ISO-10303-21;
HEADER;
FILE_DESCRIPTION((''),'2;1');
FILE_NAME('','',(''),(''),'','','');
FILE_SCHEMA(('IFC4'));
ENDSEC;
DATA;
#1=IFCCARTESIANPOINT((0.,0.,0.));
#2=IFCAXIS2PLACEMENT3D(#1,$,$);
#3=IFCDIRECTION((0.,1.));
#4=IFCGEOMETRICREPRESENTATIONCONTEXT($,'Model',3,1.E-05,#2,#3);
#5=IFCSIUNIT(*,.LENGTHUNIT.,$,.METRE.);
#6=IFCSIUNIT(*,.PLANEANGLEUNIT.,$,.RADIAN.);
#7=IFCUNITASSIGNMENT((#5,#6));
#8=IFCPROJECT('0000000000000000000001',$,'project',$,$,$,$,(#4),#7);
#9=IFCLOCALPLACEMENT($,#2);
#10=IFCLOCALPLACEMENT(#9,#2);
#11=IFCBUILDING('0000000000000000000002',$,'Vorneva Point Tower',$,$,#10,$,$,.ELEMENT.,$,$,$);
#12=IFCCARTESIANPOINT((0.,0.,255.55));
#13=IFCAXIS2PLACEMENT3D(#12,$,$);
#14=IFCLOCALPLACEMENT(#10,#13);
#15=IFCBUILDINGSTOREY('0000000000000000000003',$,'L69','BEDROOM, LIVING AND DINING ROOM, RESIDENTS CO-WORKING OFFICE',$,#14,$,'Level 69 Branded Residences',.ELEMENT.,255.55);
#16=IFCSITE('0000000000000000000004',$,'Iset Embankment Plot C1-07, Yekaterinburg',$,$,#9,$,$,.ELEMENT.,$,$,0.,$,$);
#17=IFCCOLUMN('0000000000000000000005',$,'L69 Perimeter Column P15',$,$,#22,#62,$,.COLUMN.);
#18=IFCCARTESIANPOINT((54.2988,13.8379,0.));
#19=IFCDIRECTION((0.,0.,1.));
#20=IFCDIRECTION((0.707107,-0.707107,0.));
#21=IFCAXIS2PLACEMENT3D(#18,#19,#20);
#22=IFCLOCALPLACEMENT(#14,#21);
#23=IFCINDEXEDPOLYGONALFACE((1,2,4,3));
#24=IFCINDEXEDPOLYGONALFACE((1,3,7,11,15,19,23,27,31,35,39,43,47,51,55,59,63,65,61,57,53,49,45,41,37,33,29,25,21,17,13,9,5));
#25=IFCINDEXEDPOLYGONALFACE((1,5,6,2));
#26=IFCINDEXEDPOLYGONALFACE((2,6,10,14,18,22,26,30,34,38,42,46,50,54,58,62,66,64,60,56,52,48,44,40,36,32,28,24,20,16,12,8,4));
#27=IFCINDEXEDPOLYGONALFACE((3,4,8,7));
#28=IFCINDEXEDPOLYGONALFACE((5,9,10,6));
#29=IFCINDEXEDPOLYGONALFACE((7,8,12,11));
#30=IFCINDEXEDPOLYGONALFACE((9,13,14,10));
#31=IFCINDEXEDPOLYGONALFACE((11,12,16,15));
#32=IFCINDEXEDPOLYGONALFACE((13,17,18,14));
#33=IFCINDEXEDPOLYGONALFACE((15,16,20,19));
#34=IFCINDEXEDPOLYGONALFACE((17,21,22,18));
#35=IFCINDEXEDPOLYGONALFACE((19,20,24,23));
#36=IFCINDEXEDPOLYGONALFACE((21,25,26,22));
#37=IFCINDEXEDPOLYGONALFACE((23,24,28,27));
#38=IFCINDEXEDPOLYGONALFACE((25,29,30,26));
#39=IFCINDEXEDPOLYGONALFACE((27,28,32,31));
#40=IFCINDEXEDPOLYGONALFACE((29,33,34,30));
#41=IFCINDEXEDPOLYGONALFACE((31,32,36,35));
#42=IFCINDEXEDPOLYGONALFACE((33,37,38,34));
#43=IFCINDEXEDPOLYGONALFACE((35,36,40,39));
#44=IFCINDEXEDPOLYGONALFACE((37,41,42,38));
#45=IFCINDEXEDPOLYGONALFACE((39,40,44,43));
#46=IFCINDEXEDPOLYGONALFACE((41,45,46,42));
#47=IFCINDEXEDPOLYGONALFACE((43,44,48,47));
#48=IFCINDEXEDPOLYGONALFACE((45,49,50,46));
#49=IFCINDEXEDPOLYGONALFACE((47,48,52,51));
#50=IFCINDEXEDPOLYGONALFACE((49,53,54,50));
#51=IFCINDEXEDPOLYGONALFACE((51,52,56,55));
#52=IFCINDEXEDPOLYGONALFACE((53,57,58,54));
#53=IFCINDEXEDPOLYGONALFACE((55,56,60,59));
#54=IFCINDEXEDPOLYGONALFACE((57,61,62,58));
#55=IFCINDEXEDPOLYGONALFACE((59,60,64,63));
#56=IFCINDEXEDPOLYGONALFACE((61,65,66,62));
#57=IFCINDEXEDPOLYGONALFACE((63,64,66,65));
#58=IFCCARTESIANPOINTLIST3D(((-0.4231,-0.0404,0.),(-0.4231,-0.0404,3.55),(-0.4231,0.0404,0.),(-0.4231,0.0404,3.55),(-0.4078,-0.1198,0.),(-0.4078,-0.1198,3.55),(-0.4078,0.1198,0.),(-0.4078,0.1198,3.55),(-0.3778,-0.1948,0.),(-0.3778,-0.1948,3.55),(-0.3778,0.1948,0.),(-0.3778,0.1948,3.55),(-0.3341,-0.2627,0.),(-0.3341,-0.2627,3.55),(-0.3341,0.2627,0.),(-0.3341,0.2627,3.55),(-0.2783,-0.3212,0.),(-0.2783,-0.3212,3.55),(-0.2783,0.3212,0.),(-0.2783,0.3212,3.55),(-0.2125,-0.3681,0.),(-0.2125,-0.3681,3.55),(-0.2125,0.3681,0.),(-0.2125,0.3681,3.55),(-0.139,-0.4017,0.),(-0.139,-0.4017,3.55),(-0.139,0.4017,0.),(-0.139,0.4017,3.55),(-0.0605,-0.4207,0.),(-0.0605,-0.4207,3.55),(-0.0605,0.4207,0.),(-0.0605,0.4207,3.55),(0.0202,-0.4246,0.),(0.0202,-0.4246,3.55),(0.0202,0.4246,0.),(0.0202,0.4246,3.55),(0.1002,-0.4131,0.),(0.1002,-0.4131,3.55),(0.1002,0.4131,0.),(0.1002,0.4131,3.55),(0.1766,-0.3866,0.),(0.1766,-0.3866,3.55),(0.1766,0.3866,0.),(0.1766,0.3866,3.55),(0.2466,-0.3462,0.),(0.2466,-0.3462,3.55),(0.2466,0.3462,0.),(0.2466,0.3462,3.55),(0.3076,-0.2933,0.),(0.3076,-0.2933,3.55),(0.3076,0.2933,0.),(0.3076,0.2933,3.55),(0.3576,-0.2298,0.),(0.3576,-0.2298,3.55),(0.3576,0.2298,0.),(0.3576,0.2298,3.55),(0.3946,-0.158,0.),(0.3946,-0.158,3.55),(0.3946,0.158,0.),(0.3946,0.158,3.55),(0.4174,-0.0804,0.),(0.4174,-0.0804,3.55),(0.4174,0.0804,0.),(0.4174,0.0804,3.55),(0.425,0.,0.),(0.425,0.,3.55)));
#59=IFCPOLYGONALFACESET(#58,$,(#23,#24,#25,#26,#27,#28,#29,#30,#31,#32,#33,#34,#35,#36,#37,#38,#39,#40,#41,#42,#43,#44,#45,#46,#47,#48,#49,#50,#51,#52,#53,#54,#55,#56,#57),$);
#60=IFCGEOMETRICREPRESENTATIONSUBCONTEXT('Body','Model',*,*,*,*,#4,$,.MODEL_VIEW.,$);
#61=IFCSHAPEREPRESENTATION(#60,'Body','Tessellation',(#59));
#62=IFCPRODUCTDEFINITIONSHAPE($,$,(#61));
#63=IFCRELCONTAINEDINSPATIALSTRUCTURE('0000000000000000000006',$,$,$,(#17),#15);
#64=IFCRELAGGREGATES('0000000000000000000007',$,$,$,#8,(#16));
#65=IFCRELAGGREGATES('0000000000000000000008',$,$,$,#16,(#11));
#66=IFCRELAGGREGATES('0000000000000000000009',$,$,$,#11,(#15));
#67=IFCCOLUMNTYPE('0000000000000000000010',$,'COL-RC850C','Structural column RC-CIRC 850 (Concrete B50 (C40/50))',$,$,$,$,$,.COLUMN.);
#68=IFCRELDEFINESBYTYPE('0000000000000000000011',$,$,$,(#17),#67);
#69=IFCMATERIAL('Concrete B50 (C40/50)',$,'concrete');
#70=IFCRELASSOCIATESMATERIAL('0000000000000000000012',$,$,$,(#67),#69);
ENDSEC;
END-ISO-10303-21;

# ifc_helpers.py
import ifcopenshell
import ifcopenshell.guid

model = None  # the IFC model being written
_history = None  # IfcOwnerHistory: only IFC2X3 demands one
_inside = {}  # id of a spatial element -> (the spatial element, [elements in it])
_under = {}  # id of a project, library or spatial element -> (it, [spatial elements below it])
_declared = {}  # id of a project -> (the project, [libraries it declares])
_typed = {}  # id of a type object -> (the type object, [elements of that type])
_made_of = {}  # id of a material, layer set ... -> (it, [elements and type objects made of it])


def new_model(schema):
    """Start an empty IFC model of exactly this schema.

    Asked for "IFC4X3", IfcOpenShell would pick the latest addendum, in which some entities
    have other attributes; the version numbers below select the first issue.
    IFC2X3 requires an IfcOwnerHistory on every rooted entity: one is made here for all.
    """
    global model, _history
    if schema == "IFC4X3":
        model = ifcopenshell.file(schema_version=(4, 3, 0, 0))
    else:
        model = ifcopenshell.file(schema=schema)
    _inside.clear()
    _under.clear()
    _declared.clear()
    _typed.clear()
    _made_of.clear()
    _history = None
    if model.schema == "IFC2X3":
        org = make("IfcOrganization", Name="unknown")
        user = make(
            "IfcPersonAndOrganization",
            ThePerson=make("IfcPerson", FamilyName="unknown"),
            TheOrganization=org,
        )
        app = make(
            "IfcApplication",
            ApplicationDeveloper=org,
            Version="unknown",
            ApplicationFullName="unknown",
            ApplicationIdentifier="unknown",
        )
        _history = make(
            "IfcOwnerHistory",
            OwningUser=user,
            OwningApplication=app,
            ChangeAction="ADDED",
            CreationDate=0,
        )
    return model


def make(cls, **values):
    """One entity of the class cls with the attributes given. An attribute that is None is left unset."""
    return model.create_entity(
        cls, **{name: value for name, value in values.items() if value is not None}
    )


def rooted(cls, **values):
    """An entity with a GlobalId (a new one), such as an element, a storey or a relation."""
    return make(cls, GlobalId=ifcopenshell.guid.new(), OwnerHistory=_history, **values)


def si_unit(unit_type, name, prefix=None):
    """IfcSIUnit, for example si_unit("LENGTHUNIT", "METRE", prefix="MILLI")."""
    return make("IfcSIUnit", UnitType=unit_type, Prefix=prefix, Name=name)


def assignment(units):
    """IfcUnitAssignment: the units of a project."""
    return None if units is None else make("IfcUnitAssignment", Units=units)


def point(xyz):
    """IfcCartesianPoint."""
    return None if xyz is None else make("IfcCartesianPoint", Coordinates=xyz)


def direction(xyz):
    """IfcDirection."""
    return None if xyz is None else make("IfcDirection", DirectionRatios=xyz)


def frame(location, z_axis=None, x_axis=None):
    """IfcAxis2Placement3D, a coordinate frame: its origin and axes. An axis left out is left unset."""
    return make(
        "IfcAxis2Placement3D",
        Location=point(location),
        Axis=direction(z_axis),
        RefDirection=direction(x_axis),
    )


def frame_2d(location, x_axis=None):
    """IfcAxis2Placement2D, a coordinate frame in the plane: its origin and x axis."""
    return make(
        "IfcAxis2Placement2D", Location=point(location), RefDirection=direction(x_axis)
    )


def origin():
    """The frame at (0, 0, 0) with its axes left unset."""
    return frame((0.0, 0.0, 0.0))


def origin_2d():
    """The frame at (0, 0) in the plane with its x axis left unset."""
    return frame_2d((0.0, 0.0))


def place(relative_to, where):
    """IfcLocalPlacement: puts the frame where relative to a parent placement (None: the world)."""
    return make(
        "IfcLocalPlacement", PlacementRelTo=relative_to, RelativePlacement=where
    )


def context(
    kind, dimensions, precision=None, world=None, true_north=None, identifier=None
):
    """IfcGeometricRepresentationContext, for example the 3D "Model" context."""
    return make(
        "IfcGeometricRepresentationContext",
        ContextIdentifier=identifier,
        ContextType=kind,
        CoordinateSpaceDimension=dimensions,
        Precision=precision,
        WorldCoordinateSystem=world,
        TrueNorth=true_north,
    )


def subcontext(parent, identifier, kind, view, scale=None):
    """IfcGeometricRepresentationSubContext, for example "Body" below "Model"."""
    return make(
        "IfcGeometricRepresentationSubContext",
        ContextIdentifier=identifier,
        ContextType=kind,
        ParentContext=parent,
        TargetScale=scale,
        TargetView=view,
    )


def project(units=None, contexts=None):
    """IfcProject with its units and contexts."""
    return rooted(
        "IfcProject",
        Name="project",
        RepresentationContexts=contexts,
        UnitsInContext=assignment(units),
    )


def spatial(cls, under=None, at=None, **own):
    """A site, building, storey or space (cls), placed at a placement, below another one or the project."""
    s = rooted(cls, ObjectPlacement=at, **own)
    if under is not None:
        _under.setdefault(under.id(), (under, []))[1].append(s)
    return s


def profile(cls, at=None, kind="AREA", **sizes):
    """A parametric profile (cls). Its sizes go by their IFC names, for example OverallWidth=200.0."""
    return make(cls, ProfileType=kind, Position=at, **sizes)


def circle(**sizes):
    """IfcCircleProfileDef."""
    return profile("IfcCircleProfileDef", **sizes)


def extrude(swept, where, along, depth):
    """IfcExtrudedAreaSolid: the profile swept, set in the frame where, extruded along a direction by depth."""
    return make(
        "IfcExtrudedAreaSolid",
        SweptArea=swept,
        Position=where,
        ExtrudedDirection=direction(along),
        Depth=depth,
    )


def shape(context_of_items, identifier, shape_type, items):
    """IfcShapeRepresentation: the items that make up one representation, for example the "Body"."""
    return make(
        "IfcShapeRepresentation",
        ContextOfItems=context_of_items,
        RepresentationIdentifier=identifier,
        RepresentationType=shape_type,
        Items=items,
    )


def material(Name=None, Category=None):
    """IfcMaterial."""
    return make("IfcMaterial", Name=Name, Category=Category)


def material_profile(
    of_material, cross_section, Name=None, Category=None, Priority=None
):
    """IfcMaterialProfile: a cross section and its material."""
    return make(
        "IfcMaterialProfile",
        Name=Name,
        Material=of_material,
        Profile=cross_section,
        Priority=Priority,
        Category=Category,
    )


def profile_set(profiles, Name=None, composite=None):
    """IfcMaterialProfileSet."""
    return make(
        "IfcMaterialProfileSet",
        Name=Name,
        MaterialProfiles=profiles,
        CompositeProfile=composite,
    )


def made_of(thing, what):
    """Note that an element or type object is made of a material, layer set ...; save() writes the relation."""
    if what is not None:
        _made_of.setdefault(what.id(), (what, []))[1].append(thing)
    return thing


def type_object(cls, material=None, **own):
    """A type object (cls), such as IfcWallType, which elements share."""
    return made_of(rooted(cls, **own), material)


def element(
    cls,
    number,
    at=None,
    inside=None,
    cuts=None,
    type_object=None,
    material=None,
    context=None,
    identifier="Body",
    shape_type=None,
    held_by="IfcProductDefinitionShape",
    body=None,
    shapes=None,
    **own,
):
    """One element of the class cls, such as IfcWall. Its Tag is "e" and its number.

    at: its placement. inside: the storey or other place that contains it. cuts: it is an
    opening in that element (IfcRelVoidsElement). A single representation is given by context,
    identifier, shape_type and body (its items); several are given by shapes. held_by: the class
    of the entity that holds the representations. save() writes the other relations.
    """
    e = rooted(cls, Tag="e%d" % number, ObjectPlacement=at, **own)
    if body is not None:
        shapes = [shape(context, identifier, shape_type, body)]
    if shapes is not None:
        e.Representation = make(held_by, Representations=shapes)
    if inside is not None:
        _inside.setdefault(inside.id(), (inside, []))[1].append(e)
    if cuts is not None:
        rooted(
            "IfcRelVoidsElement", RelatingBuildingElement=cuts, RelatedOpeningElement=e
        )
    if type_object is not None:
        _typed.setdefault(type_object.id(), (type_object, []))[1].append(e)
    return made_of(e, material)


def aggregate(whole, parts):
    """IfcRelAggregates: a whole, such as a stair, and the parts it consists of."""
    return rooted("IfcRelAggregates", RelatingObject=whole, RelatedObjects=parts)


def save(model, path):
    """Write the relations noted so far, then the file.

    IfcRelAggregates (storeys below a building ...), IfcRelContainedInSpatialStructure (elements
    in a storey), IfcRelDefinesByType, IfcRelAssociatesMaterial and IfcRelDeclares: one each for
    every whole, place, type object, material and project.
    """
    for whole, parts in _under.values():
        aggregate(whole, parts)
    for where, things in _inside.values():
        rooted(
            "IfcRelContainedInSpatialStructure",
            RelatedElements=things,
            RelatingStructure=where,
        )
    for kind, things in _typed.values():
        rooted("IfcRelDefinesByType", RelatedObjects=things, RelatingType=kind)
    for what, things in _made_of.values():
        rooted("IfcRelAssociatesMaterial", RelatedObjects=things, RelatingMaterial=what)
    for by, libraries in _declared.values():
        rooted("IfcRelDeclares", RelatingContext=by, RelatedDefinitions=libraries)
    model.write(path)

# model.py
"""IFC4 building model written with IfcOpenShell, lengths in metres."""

from ifc_helpers import new_model, si_unit, direction, frame, origin, origin_2d, place, context, subcontext, project, spatial, circle, extrude, material, material_profile, profile_set, type_object, element, save


model = new_model("IFC4")

# Units and contexts
model_context = context("Model", 3, precision=1e-05, world=origin(), true_north=direction((0.0, 1.0)))
body_context = subcontext(model_context, "Body", "Model", "MODEL_VIEW")
ifc_project = project(units=[si_unit("LENGTHUNIT", "METRE"), si_unit("PLANEANGLEUNIT", "RADIAN")], contexts=[model_context])

# Site, building, storey
site_placement = place(None, origin())
site = spatial("IfcSite", under=ifc_project, at=site_placement, Name="Iset Embankment Plot C1-07, Yekaterinburg", CompositionType="ELEMENT", RefElevation=0.0)
building_placement = place(site_placement, origin())
building = spatial("IfcBuilding", under=site, at=building_placement, Name="Vorneva Point Tower", CompositionType="ELEMENT")
storey_placement = place(building_placement, frame((0.0, 0.0, 255.55)))
storey = spatial("IfcBuildingStorey", under=building, at=storey_placement, Name="L69", Description="BEDROOM, LIVING AND DINING ROOM, RESIDENTS CO-WORKING OFFICE", LongName="Level 69 Branded Residences", CompositionType="ELEMENT", Elevation=255.55)

# Column
ifc_material_1 = material(Name="Concrete B50 (C40/50)", Category="concrete")
ifc_material_profile_1 = material_profile(ifc_material_1, circle(Radius=0.425, at=origin_2d()), Name="RC-CIRC 850")
ifc_profile_set_1 = profile_set([ifc_material_profile_1], Name="Concrete B50 (C40/50)")
column_type_1 = type_object("IfcColumnType", Name="COL-RC850C", Description="Structural column RC-CIRC 850 (Concrete B50 (C40/50))", PredefinedType="COLUMN", material=ifc_profile_set_1)
column_1_placement = place(storey_placement, frame((54.2988, 13.8379, 0.0), z_axis=(0.0, 0.0, 1.0), x_axis=(0.707107, -0.707107, 0.0)))
element("IfcColumn", 1, at=column_1_placement, inside=storey, type_object=column_type_1, Name="L69 Perimeter Column P15", PredefinedType="COLUMN", context=body_context, shape_type="SweptSolid", body=[
    extrude(circle(Radius=0.425, at=origin_2d()), origin(), (0.0, 0.0, 1.0), 3.55),
])

save(model, "model.ifc")
